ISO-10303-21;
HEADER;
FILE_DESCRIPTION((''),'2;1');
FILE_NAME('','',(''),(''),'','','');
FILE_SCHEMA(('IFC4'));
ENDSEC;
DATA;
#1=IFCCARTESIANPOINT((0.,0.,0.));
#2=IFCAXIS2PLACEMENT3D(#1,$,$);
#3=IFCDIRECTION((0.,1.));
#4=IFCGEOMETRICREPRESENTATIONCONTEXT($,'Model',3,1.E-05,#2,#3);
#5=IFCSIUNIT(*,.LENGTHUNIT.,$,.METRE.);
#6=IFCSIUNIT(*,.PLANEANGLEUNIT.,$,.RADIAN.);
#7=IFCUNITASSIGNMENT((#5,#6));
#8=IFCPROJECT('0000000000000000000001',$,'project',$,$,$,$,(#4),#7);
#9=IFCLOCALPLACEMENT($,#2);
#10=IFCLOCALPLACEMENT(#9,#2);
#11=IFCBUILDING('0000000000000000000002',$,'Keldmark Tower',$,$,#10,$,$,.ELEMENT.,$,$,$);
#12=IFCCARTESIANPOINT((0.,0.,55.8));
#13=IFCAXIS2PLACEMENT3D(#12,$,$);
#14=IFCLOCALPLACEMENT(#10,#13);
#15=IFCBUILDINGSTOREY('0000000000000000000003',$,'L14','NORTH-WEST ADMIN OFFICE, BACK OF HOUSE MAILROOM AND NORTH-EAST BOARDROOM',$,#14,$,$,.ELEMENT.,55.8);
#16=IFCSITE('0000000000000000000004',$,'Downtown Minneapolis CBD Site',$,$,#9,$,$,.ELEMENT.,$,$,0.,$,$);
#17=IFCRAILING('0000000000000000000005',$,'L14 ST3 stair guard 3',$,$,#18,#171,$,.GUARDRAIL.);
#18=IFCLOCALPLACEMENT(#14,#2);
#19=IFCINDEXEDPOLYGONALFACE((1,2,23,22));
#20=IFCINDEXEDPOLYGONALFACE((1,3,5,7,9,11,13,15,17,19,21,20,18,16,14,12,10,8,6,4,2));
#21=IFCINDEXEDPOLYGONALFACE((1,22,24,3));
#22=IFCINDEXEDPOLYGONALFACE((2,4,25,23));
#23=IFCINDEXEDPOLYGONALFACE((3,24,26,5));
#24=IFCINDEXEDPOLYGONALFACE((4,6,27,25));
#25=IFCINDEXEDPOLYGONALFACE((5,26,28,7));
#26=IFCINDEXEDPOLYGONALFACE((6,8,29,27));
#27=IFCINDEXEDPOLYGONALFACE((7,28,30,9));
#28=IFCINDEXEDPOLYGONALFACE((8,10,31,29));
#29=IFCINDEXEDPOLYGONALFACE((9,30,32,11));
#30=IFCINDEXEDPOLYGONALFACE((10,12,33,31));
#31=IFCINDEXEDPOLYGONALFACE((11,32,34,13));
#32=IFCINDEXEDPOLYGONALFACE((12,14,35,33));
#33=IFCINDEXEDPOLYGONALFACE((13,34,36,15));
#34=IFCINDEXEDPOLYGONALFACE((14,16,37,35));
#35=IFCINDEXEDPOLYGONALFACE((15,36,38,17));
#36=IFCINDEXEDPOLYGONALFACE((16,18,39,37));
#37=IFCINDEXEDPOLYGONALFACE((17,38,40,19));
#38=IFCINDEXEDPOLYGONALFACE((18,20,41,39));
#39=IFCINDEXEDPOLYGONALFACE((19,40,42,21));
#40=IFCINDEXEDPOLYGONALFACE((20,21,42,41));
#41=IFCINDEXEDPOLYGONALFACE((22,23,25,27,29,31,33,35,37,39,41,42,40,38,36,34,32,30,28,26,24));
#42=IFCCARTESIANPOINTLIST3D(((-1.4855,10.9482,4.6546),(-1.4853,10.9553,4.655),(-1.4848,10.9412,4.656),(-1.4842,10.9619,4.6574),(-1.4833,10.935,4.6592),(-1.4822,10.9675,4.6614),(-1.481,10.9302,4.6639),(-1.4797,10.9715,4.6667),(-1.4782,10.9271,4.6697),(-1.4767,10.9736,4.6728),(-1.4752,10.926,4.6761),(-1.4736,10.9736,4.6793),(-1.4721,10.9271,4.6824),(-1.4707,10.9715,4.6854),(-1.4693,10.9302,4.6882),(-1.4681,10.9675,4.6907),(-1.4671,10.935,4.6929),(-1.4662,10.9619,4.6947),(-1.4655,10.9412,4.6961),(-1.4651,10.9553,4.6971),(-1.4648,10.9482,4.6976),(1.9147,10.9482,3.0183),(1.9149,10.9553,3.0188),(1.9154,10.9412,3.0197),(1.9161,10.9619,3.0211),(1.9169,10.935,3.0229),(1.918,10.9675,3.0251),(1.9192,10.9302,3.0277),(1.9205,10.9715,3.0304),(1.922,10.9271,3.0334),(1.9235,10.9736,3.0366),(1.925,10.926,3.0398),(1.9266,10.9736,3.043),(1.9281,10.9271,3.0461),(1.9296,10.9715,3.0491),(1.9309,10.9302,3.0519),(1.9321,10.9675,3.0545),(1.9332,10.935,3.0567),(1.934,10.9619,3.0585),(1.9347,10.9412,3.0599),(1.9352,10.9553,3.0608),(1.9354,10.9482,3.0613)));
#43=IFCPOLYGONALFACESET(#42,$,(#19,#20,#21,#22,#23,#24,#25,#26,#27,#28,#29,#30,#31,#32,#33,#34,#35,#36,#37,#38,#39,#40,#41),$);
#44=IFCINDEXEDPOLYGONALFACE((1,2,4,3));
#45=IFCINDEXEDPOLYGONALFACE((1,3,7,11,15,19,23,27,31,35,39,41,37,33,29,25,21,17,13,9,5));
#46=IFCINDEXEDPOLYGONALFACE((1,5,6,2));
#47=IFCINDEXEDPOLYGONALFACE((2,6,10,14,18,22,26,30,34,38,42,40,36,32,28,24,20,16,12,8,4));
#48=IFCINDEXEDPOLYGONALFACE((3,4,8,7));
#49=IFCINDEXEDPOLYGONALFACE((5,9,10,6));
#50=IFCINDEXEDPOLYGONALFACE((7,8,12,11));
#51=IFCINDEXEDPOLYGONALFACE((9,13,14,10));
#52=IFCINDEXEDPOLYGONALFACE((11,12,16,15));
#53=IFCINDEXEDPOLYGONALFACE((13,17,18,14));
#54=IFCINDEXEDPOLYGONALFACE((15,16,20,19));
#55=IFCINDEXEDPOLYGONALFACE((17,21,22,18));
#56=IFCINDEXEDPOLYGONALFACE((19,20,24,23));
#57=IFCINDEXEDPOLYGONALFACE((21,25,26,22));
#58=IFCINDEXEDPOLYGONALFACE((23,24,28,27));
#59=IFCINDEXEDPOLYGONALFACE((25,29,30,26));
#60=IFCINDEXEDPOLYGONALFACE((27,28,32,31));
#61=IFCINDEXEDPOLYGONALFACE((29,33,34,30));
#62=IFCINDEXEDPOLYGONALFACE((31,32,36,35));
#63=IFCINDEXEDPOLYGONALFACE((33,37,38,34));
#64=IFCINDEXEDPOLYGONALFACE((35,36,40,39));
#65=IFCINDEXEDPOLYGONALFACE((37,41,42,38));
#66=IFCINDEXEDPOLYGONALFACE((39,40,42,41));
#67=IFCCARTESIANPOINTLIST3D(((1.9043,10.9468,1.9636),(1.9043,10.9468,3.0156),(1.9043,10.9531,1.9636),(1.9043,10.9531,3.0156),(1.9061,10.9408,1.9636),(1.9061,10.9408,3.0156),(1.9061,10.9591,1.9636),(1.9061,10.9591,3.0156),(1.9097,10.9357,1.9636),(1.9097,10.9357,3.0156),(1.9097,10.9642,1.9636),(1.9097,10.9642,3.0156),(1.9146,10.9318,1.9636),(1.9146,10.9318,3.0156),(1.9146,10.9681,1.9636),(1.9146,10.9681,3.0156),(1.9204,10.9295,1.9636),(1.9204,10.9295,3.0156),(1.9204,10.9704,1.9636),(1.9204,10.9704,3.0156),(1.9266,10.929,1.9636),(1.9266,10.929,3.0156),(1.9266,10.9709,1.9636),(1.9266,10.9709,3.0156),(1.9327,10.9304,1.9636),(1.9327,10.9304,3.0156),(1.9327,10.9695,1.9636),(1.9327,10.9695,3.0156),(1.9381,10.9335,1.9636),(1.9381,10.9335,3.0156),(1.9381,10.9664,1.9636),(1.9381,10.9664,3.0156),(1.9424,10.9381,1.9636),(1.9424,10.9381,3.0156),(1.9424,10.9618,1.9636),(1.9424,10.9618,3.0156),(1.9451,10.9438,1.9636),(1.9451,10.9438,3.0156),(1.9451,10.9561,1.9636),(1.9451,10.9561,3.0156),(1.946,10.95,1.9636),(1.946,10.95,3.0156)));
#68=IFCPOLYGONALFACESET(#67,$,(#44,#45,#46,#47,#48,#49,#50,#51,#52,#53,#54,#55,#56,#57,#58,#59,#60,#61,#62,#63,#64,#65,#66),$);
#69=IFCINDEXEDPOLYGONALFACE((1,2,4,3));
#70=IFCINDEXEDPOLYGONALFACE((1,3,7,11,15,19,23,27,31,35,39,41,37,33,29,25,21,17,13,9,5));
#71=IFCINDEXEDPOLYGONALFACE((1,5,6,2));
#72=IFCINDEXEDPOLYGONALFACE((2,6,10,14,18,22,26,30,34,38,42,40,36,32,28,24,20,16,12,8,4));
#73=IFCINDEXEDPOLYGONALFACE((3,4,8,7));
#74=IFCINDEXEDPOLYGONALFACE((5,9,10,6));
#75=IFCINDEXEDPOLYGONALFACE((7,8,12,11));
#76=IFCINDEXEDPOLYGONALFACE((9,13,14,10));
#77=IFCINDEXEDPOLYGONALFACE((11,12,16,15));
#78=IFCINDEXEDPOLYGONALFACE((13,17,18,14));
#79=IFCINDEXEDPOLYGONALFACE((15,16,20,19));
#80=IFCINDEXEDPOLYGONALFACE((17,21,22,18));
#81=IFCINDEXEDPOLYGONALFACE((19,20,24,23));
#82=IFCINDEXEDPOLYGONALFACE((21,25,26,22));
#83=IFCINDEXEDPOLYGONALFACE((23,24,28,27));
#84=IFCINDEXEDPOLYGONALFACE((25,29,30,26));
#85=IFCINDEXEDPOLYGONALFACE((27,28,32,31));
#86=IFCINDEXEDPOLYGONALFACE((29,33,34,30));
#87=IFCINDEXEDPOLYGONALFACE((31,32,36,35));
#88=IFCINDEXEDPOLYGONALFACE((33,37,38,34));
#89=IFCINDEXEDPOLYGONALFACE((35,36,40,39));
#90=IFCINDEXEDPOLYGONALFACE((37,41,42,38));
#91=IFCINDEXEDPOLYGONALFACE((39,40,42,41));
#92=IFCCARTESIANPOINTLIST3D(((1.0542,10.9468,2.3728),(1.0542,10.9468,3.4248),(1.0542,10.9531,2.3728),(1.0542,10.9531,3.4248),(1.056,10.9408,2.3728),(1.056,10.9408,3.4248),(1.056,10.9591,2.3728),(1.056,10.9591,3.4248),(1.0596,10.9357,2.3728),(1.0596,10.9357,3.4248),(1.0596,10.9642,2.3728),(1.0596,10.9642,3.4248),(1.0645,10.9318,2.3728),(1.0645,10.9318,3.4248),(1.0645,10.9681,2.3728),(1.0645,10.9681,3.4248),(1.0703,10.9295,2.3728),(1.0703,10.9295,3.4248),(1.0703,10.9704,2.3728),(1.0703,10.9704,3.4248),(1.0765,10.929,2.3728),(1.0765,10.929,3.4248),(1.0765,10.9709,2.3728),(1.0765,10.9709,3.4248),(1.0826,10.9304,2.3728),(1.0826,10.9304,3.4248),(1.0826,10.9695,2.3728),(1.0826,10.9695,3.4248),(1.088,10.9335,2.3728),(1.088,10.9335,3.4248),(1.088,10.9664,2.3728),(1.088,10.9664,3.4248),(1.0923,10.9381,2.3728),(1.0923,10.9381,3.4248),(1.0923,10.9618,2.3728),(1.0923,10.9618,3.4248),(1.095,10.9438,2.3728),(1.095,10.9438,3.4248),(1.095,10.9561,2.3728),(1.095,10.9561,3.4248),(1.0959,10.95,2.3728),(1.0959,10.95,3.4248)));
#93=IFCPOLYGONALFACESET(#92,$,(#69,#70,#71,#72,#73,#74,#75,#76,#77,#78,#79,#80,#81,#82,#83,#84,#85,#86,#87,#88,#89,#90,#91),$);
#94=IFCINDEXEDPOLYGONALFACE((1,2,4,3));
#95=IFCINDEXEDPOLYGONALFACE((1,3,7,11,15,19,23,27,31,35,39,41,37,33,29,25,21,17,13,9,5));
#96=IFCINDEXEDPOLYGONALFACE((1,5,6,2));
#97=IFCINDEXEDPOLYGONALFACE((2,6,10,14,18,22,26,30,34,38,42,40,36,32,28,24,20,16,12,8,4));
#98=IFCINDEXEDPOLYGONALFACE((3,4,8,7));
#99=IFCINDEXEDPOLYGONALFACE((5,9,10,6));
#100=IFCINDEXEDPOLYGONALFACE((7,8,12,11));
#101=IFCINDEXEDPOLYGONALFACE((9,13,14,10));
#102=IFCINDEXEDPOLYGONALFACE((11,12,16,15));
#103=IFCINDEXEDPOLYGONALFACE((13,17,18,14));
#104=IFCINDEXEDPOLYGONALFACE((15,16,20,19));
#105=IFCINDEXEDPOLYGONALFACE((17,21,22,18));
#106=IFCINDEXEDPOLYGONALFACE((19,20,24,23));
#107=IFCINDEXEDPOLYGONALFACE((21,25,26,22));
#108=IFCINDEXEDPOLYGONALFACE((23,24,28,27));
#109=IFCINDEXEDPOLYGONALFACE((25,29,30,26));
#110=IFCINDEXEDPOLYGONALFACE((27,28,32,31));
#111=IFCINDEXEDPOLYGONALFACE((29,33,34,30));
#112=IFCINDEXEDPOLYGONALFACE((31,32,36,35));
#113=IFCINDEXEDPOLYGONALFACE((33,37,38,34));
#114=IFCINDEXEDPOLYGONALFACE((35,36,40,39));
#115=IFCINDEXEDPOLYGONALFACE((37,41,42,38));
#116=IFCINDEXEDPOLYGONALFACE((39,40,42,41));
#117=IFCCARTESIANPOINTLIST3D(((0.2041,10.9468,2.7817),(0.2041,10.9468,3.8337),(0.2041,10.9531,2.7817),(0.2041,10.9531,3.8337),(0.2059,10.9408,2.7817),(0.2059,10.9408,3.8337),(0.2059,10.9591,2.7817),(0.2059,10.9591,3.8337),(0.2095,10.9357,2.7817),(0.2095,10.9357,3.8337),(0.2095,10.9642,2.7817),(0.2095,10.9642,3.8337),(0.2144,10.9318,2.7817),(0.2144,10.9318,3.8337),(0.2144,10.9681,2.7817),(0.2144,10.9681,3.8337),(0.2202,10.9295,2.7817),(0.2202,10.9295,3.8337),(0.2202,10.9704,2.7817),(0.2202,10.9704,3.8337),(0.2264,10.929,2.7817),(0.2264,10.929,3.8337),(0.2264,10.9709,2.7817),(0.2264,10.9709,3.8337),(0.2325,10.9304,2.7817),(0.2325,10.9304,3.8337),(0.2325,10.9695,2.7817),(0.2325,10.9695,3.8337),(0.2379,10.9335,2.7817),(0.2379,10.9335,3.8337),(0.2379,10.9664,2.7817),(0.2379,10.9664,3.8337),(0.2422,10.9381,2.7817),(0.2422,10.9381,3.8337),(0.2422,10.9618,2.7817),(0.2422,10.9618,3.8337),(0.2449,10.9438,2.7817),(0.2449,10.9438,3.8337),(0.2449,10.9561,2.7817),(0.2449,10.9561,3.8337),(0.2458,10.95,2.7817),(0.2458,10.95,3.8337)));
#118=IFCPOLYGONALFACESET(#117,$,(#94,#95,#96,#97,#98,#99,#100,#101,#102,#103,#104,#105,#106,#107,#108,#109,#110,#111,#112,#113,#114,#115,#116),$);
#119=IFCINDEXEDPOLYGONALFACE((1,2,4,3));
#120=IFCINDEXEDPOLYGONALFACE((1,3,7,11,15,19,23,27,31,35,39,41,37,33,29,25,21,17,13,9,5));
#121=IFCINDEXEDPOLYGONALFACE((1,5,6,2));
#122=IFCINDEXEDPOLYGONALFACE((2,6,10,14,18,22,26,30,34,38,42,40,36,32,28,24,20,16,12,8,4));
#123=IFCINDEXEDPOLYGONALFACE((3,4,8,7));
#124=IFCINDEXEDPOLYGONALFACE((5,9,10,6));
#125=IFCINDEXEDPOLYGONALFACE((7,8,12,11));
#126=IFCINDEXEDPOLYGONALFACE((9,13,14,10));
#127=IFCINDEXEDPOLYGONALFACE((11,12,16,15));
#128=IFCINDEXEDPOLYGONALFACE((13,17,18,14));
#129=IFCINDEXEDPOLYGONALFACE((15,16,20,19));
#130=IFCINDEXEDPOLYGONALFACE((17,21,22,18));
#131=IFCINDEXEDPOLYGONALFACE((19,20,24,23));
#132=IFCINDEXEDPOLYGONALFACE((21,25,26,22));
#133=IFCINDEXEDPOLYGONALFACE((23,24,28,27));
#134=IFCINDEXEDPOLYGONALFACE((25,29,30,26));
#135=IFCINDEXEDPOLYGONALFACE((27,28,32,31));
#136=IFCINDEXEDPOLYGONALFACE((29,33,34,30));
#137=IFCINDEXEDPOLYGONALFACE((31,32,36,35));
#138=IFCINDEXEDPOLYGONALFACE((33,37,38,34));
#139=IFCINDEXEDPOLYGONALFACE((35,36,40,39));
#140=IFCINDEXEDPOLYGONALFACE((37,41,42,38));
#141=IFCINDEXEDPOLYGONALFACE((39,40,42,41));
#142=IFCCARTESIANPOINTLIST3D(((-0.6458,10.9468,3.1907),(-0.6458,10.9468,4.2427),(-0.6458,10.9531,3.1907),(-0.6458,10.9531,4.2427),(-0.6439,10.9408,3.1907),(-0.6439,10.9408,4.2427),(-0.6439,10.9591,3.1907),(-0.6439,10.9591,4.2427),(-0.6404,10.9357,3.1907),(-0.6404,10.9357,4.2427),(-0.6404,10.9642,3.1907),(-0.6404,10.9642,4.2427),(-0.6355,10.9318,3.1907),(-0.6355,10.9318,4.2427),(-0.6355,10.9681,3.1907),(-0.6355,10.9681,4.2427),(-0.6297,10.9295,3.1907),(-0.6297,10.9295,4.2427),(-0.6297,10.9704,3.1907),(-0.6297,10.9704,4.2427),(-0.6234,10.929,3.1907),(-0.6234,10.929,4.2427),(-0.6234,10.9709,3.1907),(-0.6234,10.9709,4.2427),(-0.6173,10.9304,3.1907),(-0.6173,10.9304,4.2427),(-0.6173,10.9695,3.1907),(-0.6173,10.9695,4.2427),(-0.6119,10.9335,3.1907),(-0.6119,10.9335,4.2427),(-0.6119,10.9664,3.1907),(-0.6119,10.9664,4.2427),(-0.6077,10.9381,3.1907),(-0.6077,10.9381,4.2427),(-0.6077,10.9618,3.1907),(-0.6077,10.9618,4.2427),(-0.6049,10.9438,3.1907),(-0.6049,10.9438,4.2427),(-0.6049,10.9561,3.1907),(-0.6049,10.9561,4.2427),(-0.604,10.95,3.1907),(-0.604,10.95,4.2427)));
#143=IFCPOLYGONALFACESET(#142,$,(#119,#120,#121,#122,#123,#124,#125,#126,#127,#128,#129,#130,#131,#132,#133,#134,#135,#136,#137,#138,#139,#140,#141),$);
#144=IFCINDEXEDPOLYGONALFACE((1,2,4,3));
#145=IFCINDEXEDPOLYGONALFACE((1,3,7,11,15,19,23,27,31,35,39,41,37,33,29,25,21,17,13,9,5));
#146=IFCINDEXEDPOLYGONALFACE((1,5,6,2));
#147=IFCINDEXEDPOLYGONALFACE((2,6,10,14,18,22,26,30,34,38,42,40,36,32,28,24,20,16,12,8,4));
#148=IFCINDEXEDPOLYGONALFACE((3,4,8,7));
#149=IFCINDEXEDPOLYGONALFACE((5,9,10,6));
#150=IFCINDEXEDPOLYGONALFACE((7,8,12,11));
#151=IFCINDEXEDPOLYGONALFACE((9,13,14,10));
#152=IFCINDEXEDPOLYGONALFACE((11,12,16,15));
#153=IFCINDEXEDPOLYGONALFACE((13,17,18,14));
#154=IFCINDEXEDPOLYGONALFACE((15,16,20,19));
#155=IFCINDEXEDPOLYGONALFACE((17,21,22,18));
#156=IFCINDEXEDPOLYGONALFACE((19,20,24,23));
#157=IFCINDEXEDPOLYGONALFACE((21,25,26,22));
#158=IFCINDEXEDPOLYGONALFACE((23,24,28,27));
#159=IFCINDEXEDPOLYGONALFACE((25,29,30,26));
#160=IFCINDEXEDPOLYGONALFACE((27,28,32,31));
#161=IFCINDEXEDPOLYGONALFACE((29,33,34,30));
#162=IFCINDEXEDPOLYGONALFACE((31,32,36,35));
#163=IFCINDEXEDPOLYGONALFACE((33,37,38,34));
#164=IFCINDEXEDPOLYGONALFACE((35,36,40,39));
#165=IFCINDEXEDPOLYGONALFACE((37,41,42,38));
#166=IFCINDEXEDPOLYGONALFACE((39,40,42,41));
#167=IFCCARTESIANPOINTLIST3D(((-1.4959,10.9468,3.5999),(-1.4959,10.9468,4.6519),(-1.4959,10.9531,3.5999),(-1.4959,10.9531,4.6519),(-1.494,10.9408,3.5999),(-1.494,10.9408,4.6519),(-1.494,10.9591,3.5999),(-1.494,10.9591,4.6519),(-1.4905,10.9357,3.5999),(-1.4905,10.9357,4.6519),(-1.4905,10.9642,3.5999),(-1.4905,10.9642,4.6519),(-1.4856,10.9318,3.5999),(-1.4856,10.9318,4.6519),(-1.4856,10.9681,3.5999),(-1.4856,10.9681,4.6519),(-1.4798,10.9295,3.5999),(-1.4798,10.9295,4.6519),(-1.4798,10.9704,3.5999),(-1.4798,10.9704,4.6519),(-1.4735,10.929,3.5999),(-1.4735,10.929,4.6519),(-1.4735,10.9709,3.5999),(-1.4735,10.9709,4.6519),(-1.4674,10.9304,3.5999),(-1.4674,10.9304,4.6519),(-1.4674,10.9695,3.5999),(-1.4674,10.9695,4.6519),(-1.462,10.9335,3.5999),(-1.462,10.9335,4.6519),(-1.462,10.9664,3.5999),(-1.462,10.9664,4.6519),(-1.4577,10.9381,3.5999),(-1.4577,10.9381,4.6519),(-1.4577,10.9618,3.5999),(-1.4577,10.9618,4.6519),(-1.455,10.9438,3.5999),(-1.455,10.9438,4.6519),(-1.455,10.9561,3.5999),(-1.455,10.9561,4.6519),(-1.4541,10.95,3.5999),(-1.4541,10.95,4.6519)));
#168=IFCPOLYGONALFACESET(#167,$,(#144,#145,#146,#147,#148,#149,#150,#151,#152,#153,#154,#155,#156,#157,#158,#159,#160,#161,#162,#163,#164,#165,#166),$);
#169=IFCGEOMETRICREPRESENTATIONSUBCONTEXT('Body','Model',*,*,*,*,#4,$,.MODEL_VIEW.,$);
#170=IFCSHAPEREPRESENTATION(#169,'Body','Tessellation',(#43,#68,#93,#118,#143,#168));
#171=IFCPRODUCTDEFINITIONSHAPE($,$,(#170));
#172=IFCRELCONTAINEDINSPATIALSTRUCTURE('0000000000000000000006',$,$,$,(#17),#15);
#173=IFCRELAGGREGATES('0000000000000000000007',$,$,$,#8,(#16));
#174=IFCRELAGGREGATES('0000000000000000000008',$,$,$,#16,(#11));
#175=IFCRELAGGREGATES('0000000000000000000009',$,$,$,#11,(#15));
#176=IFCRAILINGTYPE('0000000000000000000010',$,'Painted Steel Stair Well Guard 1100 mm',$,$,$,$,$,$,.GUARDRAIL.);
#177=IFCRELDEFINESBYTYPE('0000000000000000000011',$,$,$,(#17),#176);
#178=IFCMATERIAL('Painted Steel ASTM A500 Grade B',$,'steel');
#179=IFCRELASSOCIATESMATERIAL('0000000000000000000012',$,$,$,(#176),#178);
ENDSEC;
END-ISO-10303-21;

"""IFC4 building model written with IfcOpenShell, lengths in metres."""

from ifc_helpers import new_model, si_unit, direction, frame, origin, origin_2d, place, context, subcontext, project, spatial, circle, extrude, material, type_object, element, save


model = new_model("IFC4")

# Units and contexts
model_context = context("Model", 3, precision=1e-05, world=origin(), true_north=direction((0.0, 1.0)))
body_context = subcontext(model_context, "Body", "Model", "MODEL_VIEW")
ifc_project = project(units=[si_unit("LENGTHUNIT", "METRE"), si_unit("PLANEANGLEUNIT", "RADIAN")], contexts=[model_context])

# Site, building, storey
site_placement = place(None, origin())
site = spatial("IfcSite", under=ifc_project, at=site_placement, Name="Downtown Minneapolis CBD Site", CompositionType="ELEMENT", RefElevation=0.0)
building_placement = place(site_placement, origin())
building = spatial("IfcBuilding", under=site, at=building_placement, Name="Keldmark Tower", CompositionType="ELEMENT")
storey_placement = place(building_placement, frame((0.0, 0.0, 55.8)))
storey = spatial("IfcBuildingStorey", under=building, at=storey_placement, Name="L14", Description="NORTH-WEST ADMIN OFFICE, BACK OF HOUSE MAILROOM AND NORTH-EAST BOARDROOM", CompositionType="ELEMENT", Elevation=55.8)

# Railing
ifc_material_1 = material(Name="Painted Steel ASTM A500 Grade B", Category="steel")
railing_type_1 = type_object("IfcRailingType", Name="Painted Steel Stair Well Guard 1100 mm", PredefinedType="GUARDRAIL", material=ifc_material_1)
railing_1_placement = place(storey_placement, frame((1.925, 10.95, 1.9636)))
element("IfcRailing", 1, at=railing_1_placement, inside=storey, type_object=railing_type_1, Name="L14 ST3 stair guard 3", PredefinedType="GUARDRAIL", context=body_context, shape_type="SweptSolid", body=[
    extrude(circle(Radius=0.0239, at=origin_2d()), frame((0.0, 0.0, 1.0762), z_axis=(-0.901093, 0.0, 0.433627), x_axis=(0.0, -1.0, 0.0)), (0.0, 0.0, 1.0), 3.7734),
    extrude(circle(Radius=0.021, at=origin_2d()), origin(), (0.0, 0.0, 1.0), 1.052),
    extrude(circle(Radius=0.021, at=origin_2d()), frame((-0.8501, 0.0, 0.4092)), (0.0, 0.0, 1.0), 1.052),
    extrude(circle(Radius=0.021, at=origin_2d()), frame((-1.7002, 0.0, 0.8181)), (0.0, 0.0, 1.0), 1.052),
    extrude(circle(Radius=0.021, at=origin_2d()), frame((-2.55, 0.0, 1.2271)), (0.0, 0.0, 1.0), 1.052),
    extrude(circle(Radius=0.021, at=origin_2d()), frame((-3.4001, 0.0, 1.6362)), (0.0, 0.0, 1.0), 1.052),
])

save(model, "model.ifc")
